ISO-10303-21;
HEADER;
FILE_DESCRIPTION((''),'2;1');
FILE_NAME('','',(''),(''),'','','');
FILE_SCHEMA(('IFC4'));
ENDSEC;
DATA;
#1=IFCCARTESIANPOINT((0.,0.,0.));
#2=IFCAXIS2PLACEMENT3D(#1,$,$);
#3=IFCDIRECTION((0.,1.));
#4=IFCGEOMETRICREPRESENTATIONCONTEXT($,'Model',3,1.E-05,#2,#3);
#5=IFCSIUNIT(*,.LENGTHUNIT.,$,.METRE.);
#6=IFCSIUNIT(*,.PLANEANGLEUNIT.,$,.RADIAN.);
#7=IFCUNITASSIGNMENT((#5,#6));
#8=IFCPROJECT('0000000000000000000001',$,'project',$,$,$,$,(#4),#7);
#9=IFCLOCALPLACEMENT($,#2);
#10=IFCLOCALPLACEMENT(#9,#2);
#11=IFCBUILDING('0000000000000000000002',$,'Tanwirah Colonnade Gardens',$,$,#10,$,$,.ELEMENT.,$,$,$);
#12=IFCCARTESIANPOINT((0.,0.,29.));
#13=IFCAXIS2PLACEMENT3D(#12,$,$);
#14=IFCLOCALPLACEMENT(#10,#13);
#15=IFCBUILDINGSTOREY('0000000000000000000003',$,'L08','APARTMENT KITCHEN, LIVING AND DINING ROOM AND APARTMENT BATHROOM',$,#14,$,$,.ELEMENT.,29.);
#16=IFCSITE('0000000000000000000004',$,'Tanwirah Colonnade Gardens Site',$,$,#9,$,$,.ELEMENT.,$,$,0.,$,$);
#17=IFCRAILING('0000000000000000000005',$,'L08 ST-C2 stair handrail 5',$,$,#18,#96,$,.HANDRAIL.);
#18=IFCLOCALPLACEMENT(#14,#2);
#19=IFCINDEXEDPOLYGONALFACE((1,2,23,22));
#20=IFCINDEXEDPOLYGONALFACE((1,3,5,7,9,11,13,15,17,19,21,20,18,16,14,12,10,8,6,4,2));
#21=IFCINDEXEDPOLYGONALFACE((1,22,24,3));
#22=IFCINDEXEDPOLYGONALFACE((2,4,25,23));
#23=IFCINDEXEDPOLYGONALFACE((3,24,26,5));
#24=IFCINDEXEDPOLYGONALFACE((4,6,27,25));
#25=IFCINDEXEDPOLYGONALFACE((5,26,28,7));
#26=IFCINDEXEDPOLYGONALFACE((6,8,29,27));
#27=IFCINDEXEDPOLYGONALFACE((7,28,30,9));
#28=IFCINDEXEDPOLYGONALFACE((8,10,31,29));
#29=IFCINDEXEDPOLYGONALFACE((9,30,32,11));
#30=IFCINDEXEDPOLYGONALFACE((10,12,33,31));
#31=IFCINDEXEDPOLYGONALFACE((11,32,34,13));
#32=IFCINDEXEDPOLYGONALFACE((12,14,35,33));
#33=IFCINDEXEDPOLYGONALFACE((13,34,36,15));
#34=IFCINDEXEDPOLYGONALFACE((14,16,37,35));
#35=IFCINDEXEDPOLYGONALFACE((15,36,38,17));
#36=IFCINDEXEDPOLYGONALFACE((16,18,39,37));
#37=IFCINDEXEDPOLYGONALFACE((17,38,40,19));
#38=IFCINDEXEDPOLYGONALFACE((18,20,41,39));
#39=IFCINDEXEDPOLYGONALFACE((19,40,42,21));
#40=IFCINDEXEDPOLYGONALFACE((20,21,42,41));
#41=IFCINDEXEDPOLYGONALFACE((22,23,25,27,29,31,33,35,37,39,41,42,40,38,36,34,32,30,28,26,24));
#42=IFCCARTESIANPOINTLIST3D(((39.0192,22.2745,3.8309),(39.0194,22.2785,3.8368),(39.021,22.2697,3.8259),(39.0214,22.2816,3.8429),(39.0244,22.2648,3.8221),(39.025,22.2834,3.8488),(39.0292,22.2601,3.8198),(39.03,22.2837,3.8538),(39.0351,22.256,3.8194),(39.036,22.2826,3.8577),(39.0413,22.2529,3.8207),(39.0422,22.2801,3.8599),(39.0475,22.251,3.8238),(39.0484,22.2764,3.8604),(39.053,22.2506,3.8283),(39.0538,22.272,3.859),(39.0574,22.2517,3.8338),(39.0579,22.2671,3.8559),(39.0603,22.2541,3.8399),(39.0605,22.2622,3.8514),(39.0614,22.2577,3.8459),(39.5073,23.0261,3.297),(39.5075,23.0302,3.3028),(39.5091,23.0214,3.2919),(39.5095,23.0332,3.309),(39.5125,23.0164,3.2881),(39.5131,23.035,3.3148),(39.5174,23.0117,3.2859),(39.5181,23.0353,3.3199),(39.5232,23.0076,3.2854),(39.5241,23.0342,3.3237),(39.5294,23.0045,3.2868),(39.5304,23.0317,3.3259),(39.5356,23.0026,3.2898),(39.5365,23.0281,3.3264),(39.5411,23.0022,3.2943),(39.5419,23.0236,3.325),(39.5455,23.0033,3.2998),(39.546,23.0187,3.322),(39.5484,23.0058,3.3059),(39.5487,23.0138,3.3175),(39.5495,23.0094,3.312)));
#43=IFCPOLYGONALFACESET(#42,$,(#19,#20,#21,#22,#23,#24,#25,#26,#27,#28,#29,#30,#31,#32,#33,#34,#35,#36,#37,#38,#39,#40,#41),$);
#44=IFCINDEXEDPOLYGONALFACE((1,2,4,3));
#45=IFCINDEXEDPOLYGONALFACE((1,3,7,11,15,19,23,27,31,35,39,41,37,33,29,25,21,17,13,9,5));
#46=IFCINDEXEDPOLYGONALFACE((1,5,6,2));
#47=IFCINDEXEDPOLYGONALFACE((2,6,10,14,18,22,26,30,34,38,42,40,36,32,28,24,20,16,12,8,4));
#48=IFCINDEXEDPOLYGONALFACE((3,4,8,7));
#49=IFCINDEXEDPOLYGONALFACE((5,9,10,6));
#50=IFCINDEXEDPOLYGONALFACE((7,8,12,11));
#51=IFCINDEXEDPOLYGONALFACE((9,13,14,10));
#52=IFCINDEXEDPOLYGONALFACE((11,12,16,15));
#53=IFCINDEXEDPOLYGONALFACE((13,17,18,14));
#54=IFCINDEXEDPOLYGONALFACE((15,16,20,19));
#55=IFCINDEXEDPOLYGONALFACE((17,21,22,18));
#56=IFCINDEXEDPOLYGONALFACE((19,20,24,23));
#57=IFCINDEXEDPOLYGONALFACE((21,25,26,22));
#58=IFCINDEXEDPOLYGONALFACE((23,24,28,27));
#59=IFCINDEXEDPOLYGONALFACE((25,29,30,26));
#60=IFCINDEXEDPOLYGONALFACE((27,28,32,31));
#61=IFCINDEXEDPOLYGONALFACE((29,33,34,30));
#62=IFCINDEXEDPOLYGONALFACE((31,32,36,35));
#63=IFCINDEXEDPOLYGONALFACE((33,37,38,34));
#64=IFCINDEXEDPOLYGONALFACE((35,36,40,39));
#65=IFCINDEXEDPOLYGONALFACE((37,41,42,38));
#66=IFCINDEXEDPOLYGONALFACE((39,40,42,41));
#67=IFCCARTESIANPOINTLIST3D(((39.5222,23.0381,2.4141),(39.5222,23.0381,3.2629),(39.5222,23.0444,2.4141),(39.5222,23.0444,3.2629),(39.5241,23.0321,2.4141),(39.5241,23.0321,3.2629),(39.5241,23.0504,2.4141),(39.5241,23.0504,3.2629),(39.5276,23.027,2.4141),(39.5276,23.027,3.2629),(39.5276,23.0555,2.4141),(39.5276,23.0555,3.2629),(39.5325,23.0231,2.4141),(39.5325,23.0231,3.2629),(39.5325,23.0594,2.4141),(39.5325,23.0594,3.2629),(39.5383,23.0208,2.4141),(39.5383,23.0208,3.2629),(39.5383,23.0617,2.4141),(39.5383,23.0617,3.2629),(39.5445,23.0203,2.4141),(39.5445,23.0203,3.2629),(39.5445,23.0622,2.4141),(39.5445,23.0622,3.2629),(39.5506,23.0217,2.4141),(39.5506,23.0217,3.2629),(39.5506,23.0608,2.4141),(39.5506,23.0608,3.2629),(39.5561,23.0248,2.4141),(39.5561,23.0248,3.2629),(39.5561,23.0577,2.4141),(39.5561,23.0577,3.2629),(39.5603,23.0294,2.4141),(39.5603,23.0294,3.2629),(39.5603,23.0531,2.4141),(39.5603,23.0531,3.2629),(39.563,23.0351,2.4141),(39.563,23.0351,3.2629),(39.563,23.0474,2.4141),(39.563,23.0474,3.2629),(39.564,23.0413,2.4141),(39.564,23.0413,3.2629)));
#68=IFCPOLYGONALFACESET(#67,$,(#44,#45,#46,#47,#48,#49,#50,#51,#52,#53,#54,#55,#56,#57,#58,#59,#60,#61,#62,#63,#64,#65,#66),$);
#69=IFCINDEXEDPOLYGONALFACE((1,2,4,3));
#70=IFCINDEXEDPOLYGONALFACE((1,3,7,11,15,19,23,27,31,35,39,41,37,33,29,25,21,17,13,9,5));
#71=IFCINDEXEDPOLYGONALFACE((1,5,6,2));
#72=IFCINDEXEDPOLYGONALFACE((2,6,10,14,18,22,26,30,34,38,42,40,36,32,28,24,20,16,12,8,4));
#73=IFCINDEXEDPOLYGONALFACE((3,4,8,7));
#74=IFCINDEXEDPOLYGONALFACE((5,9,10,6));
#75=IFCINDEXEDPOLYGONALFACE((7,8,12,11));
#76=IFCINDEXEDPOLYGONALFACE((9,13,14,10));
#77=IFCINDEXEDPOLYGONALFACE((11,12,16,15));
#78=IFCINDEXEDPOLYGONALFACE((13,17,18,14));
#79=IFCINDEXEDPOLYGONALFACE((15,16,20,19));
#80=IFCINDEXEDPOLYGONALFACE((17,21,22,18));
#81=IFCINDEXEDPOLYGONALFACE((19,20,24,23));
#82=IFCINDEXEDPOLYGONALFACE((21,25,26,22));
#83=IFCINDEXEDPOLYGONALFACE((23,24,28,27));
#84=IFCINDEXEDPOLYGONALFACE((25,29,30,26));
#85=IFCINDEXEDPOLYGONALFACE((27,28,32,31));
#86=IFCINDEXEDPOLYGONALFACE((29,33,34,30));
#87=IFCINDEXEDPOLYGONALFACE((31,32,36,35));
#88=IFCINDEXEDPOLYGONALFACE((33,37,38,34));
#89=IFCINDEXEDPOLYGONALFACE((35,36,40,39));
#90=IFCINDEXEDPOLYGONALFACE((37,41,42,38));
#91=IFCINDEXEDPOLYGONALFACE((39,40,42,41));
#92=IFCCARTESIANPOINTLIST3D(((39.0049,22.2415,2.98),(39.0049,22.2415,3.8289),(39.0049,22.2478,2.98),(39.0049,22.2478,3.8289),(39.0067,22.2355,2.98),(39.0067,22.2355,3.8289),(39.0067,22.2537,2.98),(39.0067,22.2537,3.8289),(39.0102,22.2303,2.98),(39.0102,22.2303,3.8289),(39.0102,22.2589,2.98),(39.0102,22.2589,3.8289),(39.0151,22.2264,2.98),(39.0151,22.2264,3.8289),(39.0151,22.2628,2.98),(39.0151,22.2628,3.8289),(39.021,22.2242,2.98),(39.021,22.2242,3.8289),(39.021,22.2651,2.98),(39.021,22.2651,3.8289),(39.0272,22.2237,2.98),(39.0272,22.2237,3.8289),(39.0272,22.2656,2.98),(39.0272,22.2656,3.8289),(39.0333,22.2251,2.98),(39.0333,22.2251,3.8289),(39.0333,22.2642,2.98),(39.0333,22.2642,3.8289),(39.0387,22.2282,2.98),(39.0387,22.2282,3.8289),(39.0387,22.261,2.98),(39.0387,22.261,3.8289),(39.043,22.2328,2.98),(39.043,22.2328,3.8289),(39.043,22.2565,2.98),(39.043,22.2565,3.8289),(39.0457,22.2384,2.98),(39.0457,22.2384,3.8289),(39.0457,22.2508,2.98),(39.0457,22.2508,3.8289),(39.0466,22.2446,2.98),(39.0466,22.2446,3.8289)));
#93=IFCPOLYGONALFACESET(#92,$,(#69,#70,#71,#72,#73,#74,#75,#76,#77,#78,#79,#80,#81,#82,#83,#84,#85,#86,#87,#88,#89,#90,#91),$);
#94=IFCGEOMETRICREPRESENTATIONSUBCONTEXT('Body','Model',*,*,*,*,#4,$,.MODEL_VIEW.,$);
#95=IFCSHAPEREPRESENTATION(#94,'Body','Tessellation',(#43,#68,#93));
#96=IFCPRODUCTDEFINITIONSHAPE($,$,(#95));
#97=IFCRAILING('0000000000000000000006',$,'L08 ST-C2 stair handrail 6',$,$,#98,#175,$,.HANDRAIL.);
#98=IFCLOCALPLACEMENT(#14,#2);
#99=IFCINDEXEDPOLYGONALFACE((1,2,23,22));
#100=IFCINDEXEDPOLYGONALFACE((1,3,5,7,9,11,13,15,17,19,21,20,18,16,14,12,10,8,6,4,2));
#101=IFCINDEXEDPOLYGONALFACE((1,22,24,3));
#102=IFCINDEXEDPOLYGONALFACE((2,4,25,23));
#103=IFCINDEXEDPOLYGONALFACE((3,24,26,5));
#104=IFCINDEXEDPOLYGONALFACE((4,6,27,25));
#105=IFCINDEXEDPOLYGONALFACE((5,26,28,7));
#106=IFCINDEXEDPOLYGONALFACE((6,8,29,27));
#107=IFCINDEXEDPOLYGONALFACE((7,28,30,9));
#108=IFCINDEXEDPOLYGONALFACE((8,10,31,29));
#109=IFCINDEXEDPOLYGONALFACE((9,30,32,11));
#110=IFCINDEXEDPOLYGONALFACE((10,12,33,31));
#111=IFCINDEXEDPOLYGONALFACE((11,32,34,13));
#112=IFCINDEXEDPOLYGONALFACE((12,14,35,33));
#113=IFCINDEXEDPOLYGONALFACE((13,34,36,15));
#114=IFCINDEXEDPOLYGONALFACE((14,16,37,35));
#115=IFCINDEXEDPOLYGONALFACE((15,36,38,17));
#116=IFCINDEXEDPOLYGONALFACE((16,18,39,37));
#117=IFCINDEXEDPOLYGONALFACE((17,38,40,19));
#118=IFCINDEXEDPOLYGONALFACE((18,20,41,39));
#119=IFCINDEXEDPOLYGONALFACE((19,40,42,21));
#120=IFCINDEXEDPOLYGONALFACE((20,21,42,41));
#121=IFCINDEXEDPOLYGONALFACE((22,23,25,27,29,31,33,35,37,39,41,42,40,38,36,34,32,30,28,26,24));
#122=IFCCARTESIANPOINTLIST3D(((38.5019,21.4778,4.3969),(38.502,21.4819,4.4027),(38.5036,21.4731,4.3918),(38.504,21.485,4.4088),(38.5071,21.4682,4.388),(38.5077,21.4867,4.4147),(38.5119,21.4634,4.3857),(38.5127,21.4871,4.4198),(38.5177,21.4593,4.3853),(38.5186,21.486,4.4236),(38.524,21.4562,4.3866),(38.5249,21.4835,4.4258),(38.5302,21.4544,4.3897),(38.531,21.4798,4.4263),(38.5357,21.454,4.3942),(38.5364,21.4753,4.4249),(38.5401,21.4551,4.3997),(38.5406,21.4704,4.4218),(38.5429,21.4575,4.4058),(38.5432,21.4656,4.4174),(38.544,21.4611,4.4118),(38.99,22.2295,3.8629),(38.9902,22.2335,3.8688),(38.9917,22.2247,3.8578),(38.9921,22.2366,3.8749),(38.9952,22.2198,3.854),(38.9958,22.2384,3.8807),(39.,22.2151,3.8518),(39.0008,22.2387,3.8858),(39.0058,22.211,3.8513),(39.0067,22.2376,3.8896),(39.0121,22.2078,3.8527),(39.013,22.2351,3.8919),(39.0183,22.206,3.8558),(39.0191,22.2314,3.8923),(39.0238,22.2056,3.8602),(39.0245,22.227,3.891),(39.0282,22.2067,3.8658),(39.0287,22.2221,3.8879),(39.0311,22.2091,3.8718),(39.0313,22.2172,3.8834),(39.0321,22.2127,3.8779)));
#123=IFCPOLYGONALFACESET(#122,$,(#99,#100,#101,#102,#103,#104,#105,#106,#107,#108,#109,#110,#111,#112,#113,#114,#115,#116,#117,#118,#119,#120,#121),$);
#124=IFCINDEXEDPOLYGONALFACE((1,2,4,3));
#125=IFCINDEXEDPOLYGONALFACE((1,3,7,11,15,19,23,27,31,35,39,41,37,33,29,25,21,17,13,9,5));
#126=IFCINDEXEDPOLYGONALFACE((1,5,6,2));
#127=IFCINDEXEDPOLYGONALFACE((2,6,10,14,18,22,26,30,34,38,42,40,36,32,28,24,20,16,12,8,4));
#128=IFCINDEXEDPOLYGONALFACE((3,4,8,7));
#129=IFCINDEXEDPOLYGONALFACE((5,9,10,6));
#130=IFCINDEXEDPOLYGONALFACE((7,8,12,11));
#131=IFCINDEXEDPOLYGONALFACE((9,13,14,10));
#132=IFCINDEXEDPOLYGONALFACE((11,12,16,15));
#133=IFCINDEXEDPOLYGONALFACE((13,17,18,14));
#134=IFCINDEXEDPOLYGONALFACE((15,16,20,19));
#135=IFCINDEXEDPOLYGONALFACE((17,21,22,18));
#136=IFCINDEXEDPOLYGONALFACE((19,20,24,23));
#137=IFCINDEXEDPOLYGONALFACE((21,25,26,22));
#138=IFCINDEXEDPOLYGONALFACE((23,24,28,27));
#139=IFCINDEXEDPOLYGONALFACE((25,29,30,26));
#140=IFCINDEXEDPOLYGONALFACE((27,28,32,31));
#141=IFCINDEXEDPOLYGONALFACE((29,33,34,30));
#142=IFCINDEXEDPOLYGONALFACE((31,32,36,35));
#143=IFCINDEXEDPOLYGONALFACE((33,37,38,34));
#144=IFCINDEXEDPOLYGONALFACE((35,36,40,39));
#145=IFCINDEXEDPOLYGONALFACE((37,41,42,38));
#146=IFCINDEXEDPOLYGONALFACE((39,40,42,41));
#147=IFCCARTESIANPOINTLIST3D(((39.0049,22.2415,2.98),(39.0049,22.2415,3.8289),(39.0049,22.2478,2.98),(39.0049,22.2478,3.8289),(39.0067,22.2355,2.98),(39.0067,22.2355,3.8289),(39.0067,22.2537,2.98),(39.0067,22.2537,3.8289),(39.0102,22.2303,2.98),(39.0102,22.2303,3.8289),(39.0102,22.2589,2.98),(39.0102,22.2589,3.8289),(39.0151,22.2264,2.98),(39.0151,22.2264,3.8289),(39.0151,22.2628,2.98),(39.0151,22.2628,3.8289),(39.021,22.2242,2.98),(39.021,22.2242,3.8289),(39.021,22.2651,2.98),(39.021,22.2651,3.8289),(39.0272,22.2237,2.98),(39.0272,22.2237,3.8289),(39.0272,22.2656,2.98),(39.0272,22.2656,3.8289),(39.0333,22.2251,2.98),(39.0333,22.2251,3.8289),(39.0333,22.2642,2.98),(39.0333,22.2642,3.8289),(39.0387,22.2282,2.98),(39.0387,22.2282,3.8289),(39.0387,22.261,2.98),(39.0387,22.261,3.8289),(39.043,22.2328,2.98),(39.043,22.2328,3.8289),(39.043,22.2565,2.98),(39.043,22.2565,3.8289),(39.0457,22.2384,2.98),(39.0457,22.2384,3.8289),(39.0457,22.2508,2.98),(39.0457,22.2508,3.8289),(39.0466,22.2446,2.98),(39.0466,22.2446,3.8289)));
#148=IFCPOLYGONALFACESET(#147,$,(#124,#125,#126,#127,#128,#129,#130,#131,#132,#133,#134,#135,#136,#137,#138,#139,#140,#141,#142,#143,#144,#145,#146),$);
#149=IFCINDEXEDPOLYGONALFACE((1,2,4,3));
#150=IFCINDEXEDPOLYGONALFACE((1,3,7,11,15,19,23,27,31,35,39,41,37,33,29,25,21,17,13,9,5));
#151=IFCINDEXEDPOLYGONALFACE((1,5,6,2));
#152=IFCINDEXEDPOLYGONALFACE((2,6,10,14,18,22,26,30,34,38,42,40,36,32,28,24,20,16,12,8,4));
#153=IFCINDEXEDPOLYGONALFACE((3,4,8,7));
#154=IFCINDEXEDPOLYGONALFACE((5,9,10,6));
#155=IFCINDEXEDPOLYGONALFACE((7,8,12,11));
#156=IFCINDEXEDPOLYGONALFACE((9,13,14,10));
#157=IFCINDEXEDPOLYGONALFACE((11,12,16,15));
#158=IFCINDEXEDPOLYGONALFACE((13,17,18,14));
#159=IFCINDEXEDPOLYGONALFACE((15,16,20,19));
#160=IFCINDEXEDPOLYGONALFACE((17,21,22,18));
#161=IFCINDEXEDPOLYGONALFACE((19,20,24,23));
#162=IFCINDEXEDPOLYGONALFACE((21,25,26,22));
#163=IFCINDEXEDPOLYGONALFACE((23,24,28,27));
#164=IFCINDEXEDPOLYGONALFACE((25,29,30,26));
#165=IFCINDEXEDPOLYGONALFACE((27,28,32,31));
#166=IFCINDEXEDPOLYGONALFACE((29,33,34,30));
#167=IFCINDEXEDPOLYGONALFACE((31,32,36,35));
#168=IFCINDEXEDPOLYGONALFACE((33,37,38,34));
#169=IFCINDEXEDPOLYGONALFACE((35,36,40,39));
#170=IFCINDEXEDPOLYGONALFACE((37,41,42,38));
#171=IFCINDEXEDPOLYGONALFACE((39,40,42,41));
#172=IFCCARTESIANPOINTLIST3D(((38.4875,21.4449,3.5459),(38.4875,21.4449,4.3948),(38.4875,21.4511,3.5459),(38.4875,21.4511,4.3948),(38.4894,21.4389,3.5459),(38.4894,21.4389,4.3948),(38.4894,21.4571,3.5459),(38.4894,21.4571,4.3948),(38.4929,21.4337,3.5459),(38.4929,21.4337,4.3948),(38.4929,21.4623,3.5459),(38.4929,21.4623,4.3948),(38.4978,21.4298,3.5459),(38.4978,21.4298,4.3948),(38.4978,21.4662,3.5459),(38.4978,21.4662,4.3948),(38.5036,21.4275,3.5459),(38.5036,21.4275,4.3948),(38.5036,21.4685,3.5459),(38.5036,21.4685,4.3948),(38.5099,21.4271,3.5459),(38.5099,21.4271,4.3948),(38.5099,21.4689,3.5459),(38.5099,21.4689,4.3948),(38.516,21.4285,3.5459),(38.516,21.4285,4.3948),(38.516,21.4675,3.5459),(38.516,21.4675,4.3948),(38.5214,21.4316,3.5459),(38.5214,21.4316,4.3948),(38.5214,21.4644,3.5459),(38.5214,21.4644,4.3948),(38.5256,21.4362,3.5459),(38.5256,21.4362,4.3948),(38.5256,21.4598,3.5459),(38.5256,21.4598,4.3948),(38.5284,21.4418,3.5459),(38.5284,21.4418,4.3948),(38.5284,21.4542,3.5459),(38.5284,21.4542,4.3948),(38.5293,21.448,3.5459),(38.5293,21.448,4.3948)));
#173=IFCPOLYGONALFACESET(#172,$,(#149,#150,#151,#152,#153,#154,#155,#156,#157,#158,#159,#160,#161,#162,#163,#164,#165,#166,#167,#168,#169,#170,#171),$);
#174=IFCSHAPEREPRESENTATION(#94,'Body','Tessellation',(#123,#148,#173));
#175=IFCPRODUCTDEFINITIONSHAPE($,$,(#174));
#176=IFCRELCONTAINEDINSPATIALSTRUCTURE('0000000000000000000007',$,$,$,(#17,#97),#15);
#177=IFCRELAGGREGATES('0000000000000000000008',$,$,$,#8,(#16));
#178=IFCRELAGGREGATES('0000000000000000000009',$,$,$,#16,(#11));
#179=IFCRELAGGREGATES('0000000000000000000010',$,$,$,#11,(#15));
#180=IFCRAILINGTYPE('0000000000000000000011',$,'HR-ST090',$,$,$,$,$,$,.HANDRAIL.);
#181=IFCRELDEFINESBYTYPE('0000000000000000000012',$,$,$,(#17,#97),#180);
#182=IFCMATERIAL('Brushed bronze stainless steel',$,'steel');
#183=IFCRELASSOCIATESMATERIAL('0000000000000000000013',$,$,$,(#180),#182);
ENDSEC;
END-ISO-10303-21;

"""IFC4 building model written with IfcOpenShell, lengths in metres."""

from ifc_helpers import new_model, si_unit, direction, frame, origin, origin_2d, place, context, subcontext, project, spatial, circle, extrude, material, type_object, element, save


model = new_model("IFC4")

# Units and contexts
model_context = context("Model", 3, precision=1e-05, world=origin(), true_north=direction((0.0, 1.0)))
body_context = subcontext(model_context, "Body", "Model", "MODEL_VIEW")
ifc_project = project(units=[si_unit("LENGTHUNIT", "METRE"), si_unit("PLANEANGLEUNIT", "RADIAN")], contexts=[model_context])

# Site, building, storey
site_placement = place(None, origin())
site = spatial("IfcSite", under=ifc_project, at=site_placement, Name="Tanwirah Colonnade Gardens Site", CompositionType="ELEMENT", RefElevation=0.0)
building_placement = place(site_placement, origin())
building = spatial("IfcBuilding", under=site, at=building_placement, Name="Tanwirah Colonnade Gardens", CompositionType="ELEMENT")
storey_placement = place(building_placement, frame((0.0, 0.0, 29.0)))
storey = spatial("IfcBuildingStorey", under=building, at=storey_placement, Name="L08", Description="APARTMENT KITCHEN, LIVING AND DINING ROOM AND APARTMENT BATHROOM", CompositionType="ELEMENT", Elevation=29.0)

# Railings
ifc_material_1 = material(Name="Brushed bronze stainless steel", Category="steel")
railing_type_1 = type_object("IfcRailingType", Name="HR-ST090", PredefinedType="HANDRAIL", material=ifc_material_1)
for number, where, name in (
    (1, (39.543, 23.0413, 2.4141), "L08 ST-C2 stair handrail 5"),
    (2, (39.0256, 22.2446, 2.98), "L08 ST-C2 stair handrail 6"),
):
    element("IfcRailing", number, at=place(storey_placement, frame(where)), inside=storey, type_object=railing_type_1, Name=name, PredefinedType="HANDRAIL", context=body_context, shape_type="SweptSolid", body=[
        extrude(circle(Radius=0.0239, at=origin_2d()), frame((-0.0146, -0.0225, 0.8918), z_axis=(-0.46789, -0.720492, 0.51183), x_axis=(0.838673, -0.544636, 0.0)), (0.0, 0.0, 1.0), 1.0432),
        extrude(circle(Radius=0.021, at=origin_2d()), origin(), (0.0, 0.0, 1.0), 0.8489),
        extrude(circle(Radius=0.021, at=origin_2d()), frame((-0.5173, -0.7966, 0.5659)), (0.0, 0.0, 1.0), 0.8489),
    ])

save(model, "model.ifc")
